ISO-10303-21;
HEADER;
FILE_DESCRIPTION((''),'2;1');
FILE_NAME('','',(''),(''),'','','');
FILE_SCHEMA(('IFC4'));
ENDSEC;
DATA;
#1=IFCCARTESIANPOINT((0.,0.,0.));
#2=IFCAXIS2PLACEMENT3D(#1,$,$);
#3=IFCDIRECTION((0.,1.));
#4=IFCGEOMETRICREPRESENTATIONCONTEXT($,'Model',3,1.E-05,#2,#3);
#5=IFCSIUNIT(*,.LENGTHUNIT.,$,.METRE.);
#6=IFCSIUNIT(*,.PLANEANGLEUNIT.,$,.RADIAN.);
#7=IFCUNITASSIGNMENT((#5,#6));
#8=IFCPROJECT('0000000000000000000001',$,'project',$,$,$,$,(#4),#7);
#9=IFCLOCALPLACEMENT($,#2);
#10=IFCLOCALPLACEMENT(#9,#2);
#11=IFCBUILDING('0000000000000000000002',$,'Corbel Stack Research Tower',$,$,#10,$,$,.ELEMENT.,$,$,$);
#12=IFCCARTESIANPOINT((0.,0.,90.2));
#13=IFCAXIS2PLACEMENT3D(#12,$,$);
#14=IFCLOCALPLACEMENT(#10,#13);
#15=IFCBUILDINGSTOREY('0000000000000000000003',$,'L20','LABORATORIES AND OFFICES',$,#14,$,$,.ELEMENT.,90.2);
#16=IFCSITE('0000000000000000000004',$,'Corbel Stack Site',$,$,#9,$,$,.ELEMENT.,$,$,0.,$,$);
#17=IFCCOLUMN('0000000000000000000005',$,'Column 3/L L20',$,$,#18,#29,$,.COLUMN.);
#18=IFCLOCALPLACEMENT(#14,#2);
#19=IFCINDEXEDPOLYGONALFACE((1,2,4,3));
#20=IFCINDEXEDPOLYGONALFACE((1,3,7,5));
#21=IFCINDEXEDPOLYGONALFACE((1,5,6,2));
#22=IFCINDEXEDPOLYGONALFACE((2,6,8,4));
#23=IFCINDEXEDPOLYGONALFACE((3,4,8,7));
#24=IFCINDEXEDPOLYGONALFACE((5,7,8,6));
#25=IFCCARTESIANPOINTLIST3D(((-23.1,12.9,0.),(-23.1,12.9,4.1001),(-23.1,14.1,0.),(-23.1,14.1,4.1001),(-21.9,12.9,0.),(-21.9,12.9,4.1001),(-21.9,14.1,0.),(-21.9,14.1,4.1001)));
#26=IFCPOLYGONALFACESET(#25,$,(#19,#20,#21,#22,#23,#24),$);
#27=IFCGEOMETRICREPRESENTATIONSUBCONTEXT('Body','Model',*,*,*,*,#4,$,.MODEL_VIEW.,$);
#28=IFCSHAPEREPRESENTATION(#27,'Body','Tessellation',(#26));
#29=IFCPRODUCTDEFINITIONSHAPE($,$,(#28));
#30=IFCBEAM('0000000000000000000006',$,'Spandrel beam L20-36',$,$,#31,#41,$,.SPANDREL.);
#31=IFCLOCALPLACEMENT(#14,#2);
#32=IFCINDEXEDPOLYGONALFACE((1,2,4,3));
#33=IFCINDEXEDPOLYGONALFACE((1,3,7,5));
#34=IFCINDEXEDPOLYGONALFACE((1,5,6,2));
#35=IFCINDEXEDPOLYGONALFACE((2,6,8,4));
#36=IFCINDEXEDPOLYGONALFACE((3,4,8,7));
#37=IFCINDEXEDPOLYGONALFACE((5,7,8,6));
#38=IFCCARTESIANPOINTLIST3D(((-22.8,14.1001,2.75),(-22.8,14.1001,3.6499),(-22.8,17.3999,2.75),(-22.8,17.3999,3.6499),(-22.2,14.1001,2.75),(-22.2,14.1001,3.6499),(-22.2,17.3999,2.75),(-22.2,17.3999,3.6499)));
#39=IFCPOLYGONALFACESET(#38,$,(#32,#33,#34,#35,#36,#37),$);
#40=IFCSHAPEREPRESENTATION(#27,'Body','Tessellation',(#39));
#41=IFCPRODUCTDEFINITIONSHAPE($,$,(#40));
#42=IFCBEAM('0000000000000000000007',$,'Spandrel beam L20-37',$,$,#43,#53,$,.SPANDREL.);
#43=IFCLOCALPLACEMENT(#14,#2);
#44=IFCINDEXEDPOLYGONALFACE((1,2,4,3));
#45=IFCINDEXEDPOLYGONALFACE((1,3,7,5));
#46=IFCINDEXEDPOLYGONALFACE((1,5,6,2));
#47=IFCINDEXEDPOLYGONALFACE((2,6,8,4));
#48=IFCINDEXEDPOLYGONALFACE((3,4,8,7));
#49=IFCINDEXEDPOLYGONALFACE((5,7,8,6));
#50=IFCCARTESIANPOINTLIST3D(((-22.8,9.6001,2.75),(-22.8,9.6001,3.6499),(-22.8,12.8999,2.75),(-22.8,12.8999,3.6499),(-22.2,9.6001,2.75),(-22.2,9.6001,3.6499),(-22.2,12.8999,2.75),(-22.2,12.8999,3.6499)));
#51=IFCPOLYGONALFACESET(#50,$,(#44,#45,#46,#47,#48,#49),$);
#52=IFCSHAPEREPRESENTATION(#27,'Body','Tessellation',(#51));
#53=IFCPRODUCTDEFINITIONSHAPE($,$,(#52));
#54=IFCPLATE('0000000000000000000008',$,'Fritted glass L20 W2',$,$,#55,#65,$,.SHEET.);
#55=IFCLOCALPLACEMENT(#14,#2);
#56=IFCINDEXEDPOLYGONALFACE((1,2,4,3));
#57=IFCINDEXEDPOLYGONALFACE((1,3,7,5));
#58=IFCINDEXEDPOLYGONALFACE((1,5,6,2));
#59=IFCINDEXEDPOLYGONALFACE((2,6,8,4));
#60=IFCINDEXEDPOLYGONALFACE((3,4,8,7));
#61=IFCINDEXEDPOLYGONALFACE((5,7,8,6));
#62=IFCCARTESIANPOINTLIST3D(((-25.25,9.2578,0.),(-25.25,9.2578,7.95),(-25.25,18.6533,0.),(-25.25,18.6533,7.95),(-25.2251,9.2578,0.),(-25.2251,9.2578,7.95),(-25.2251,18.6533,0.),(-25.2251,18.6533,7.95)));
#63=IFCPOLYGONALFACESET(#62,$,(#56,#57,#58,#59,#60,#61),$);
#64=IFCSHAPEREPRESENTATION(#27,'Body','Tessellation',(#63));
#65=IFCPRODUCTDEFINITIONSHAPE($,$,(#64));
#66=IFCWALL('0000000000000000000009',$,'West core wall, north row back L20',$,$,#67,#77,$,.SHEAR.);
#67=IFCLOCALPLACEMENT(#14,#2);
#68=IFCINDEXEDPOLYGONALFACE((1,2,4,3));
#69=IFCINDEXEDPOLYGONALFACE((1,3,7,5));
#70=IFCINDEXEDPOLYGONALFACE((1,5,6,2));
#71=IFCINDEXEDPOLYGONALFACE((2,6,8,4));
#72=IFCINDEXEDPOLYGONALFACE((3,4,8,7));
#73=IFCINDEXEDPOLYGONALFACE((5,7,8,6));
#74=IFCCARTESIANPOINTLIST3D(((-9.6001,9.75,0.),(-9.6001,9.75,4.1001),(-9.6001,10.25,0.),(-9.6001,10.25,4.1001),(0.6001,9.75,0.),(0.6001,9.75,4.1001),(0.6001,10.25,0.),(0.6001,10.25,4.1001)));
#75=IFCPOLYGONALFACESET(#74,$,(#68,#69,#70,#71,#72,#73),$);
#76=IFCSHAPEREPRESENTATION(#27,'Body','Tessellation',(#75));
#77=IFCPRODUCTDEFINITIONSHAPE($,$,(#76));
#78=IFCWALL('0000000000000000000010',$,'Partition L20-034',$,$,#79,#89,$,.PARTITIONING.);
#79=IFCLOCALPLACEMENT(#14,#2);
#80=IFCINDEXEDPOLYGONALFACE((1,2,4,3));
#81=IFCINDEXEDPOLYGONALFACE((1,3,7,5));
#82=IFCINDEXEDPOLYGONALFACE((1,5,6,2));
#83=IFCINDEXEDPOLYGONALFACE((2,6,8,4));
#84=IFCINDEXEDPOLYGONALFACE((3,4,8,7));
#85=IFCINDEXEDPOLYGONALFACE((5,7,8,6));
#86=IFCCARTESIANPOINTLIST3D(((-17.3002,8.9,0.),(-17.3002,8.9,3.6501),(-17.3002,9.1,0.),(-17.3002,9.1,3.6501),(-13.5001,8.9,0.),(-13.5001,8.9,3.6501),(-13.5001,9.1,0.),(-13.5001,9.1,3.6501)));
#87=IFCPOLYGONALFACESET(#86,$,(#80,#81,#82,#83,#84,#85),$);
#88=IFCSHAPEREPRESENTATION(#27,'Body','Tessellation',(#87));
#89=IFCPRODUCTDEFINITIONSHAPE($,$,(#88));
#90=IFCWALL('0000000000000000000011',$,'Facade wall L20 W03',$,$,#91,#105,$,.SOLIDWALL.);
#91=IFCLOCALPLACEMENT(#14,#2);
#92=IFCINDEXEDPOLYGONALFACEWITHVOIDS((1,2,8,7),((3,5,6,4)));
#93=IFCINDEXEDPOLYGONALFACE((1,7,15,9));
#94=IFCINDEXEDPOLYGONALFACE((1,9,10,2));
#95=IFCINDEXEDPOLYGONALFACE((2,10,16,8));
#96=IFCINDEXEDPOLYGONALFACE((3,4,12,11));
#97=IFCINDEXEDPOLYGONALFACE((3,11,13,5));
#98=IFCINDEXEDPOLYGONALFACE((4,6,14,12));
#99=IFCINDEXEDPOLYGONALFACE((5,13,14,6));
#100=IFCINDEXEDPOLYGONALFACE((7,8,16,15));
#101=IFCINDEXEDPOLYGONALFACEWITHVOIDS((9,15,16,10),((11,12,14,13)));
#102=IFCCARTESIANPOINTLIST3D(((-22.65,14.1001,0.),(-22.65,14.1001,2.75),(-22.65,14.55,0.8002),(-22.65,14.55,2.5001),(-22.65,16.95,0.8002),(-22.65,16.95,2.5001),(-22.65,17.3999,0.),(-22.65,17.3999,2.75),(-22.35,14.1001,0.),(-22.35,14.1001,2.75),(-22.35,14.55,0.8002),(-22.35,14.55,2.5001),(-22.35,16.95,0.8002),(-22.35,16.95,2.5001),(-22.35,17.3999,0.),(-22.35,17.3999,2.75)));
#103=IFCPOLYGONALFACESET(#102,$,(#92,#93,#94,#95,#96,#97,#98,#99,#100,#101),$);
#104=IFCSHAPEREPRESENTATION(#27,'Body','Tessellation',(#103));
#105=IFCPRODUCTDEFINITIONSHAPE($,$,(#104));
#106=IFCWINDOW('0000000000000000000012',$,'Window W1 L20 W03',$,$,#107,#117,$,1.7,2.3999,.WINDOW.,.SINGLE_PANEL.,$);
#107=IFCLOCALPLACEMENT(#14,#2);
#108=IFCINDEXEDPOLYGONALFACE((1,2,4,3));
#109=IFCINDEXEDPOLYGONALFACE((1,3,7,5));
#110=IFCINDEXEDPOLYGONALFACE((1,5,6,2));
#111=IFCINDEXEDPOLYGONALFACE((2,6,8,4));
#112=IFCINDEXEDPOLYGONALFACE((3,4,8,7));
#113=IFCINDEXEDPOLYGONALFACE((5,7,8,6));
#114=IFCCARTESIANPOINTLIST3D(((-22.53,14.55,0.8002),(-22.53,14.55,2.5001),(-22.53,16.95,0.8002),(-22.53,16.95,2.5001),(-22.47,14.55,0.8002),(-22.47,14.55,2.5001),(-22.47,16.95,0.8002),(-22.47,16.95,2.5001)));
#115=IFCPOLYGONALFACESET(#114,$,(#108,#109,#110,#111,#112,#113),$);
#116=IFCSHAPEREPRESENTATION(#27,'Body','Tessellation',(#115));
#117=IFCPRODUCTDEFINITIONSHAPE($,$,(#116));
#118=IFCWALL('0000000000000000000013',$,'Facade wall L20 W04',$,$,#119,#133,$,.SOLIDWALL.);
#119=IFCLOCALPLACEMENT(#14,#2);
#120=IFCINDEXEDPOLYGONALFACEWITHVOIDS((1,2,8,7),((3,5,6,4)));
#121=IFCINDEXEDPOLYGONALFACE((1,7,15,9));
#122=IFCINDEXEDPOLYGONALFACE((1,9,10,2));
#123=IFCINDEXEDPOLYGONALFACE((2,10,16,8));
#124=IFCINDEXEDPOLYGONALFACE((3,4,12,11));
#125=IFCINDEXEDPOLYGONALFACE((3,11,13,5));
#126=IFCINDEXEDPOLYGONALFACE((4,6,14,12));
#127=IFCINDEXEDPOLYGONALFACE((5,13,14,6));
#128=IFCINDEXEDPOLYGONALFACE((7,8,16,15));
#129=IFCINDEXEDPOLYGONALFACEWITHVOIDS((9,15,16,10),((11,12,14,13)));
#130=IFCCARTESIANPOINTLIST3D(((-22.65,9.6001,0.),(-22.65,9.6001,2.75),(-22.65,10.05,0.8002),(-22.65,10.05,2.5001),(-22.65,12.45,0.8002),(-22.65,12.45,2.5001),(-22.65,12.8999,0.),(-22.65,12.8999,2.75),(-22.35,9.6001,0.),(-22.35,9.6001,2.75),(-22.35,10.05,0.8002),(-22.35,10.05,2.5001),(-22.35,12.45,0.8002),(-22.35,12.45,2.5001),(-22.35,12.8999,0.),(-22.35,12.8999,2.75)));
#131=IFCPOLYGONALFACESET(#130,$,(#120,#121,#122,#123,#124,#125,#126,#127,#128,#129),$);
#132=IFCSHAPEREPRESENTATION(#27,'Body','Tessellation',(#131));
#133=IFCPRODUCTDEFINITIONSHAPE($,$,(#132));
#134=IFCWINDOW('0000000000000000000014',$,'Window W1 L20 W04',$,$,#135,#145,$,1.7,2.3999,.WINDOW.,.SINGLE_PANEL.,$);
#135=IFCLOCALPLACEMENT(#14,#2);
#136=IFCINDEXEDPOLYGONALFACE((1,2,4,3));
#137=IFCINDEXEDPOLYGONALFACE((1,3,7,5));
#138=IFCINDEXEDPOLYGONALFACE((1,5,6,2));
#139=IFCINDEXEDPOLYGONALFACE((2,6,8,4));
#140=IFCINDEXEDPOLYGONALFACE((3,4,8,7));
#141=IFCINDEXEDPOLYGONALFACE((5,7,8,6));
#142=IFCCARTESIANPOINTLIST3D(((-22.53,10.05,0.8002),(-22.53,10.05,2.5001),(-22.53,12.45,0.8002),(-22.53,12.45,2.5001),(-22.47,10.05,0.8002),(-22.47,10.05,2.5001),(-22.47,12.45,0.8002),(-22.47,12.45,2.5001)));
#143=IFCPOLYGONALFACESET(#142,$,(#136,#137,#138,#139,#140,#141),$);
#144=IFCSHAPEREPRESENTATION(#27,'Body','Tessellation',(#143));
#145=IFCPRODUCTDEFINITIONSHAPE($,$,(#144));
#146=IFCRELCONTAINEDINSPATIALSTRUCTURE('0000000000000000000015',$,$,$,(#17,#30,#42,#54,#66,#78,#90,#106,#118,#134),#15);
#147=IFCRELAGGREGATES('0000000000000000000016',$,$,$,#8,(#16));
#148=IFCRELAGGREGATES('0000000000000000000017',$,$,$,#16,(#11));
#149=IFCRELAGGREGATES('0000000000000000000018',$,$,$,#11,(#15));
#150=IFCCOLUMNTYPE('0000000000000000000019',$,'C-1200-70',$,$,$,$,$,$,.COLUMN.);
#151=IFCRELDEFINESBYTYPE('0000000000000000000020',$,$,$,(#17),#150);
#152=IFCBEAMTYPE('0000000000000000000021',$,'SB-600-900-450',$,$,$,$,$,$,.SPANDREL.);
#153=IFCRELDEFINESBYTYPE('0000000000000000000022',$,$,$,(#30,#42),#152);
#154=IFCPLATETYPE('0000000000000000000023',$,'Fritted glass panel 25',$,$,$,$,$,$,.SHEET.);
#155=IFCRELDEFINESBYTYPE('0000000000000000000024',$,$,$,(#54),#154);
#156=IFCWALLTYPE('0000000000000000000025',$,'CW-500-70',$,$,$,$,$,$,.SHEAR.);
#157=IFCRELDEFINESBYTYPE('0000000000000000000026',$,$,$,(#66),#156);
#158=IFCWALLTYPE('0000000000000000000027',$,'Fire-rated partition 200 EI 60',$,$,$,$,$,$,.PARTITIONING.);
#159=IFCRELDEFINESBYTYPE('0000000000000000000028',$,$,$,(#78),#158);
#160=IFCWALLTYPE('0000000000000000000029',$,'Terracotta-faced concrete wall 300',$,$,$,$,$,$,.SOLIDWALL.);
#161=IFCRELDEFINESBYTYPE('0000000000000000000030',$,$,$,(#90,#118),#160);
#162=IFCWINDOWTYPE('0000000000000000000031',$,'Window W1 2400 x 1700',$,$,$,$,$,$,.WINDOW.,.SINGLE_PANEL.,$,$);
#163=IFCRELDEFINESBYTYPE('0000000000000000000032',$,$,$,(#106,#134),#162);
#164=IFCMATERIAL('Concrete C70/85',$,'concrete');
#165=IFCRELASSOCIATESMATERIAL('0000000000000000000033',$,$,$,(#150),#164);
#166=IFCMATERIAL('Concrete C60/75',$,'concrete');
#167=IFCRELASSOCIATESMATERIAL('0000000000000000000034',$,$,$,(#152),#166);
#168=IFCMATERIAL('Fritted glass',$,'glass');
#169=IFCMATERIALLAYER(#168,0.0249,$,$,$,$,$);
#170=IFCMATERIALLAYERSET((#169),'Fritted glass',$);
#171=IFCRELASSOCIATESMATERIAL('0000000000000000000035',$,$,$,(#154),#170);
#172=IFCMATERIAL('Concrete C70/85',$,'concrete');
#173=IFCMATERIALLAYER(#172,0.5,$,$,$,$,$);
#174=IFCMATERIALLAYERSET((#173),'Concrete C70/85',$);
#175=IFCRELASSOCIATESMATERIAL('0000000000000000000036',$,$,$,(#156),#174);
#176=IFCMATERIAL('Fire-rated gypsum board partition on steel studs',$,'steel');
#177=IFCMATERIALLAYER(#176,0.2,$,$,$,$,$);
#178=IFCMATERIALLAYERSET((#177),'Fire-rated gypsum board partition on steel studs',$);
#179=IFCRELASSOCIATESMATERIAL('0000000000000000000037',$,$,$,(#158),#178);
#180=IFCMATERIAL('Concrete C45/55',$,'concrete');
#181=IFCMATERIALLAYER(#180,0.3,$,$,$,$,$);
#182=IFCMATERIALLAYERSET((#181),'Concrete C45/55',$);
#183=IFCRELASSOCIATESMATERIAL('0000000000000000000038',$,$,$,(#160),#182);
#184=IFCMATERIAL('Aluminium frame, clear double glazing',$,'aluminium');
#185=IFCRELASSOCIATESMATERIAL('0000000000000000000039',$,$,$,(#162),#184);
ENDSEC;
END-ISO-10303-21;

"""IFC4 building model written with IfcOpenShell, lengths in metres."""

from ifc_helpers import new_model, si_unit, direction, frame, frame_2d, origin, origin_2d, place, context, subcontext, project, spatial, rectangle, extrude, material, layer, layer_set, material_profile, profile_set, type_object, element, fill, save


model = new_model("IFC4")

# Units and contexts
model_context = context("Model", 3, precision=1e-05, world=origin(), true_north=direction((0.0, 1.0)))
body_context = subcontext(model_context, "Body", "Model", "MODEL_VIEW")
ifc_project = project(units=[si_unit("LENGTHUNIT", "METRE"), si_unit("PLANEANGLEUNIT", "RADIAN")], contexts=[model_context])

# Site, building, storey
site_placement = place(None, origin())
site = spatial("IfcSite", under=ifc_project, at=site_placement, Name="Corbel Stack Site", CompositionType="ELEMENT", RefElevation=0.0)
building_placement = place(site_placement, origin())
building = spatial("IfcBuilding", under=site, at=building_placement, Name="Corbel Stack Research Tower", CompositionType="ELEMENT")
storey_placement = place(building_placement, frame((0.0, 0.0, 90.2)))
storey = spatial("IfcBuildingStorey", under=building, at=storey_placement, Name="L20", Description="LABORATORIES AND OFFICES", CompositionType="ELEMENT", Elevation=90.2)

# Column
ifc_material_1 = material(Name="Concrete C70/85", Category="concrete")
ifc_material_profile_1 = material_profile(ifc_material_1, rectangle(XDim=1.2, YDim=1.2, at=origin_2d()), Name="RC 1200 x 1200")
ifc_profile_set_1 = profile_set([ifc_material_profile_1], Name="Concrete C70/85")
column_type = type_object("IfcColumnType", Name="C-1200-70", PredefinedType="COLUMN", material=ifc_profile_set_1)
column_placement = place(storey_placement, frame((-22.5, 13.5, 0.0), z_axis=(0.0, 0.0, 1.0), x_axis=(1.0, 0.0, 0.0)))
element("IfcColumn", 1, at=column_placement, inside=storey, type_object=column_type, Name="Column 3/L L20", PredefinedType="COLUMN", context=body_context, shape_type="SweptSolid", body=[
    extrude(rectangle(XDim=1.2, YDim=1.2, at=origin_2d()), origin(), (0.0, 0.0, 1.0), 4.1001),
])

# Beams
ifc_material_2 = material(Name="Concrete C60/75", Category="concrete")
ifc_material_profile_2 = material_profile(ifc_material_2, rectangle(XDim=0.6001, YDim=0.8999, at=origin_2d()), Name="RC 600 x 900")
ifc_profile_set_2 = profile_set([ifc_material_profile_2], Name="Concrete C60/75")
beam_type = type_object("IfcBeamType", Name="SB-600-900-450", PredefinedType="SPANDREL", material=ifc_profile_set_2)
for number, where, z_axis, x_axis, name in (
    (2, (-22.5, 17.3999, 3.2), (0.0, -1.0, 0.0), (1.0, 0.0, 0.0), "Spandrel beam L20-36"),
    (3, (-22.5, 12.8999, 3.2), (0.0, -1.0, 0.0), (1.0, 0.0, 0.0), "Spandrel beam L20-37"),
):
    element("IfcBeam", number, at=place(storey_placement, frame(where, z_axis=z_axis, x_axis=x_axis)), inside=storey, type_object=beam_type, Name=name, PredefinedType="SPANDREL", context=body_context, shape_type="SweptSolid", body=[
        extrude(rectangle(XDim=0.6001, YDim=0.8999, at=origin_2d()), origin(), (0.0, 0.0, 1.0), 3.2998),
    ])

# Plate
ifc_material_3 = material(Name="Fritted glass", Category="glass")
ifc_layer_1 = layer(ifc_material_3, 0.0249)
ifc_layer_set_1 = layer_set([ifc_layer_1], Name="Fritted glass")
plate_type = type_object("IfcPlateType", Name="Fritted glass panel 25", PredefinedType="SHEET", material=ifc_layer_set_1)
plate_placement = place(storey_placement, frame((-25.2375, 13.9556, 0.0), z_axis=(0.0, 0.0, 1.0), x_axis=(0.0, -1.0, 0.0)))
element("IfcPlate", 4, at=plate_placement, inside=storey, type_object=plate_type, Name="Fritted glass L20 W2", PredefinedType="SHEET", context=body_context, shape_type="SweptSolid", body=[
    extrude(rectangle(XDim=9.3955, YDim=0.0249, at=origin_2d()), origin(), (0.0, 0.0, 1.0), 7.95),
])

# Walls
ifc_material_4 = material(Name="Concrete C70/85", Category="concrete")
ifc_layer_2 = layer(ifc_material_4, 0.5)
ifc_layer_set_2 = layer_set([ifc_layer_2], Name="Concrete C70/85")
wall_type_1 = type_object("IfcWallType", Name="CW-500-70", PredefinedType="SHEAR", material=ifc_layer_set_2)
wall_1_placement = place(storey_placement, frame((-9.6001, 10.0, 0.0), z_axis=(0.0, 0.0, 1.0), x_axis=(1.0, 0.0, 0.0)))
element("IfcWall", 5, at=wall_1_placement, inside=storey, type_object=wall_type_1, Name="West core wall, north row back L20", PredefinedType="SHEAR", context=body_context, shape_type="SweptSolid", body=[
    extrude(rectangle(XDim=10.2002, YDim=0.5, at=frame_2d((5.1001, 0.0))), origin(), (0.0, 0.0, 1.0), 4.1001),
])
ifc_material_5 = material(Name="Fire-rated gypsum board partition on steel studs", Category="steel")
ifc_layer_3 = layer(ifc_material_5, 0.2)
ifc_layer_set_3 = layer_set([ifc_layer_3], Name="Fire-rated gypsum board partition on steel studs")
wall_type_2 = type_object("IfcWallType", Name="Fire-rated partition 200 EI 60", PredefinedType="PARTITIONING", material=ifc_layer_set_3)
wall_2_placement = place(storey_placement, frame((-17.3, 9.0, 0.0), z_axis=(0.0, 0.0, 1.0), x_axis=(1.0, 0.0, 0.0)))
element("IfcWall", 6, at=wall_2_placement, inside=storey, type_object=wall_type_2, Name="Partition L20-034", PredefinedType="PARTITIONING", context=body_context, shape_type="SweptSolid", body=[
    extrude(rectangle(XDim=3.8, YDim=0.2, at=frame_2d((1.8999, 0.0))), origin(), (0.0, 0.0, 1.0), 3.6501),
])

# Walls, openings, windows
ifc_material_6 = material(Name="Concrete C45/55", Category="concrete")
ifc_layer_4 = layer(ifc_material_6, 0.3)
ifc_layer_set_4 = layer_set([ifc_layer_4], Name="Concrete C45/55")
wall_type_3 = type_object("IfcWallType", Name="Terracotta-faced concrete wall 300", PredefinedType="SOLIDWALL", material=ifc_layer_set_4)
wall_3_placement = place(storey_placement, frame((-22.5, 14.1001, 0.0), z_axis=(0.0, 0.0, 1.0), x_axis=(0.0, 1.0, 0.0)))
wall_3 = element("IfcWall", 7, at=wall_3_placement, inside=storey, type_object=wall_type_3, Name="Facade wall L20 W03", PredefinedType="SOLIDWALL", context=body_context, shape_type="SweptSolid", body=[
    extrude(rectangle(XDim=3.2998, YDim=0.3, at=frame_2d((1.6499, 0.0))), origin(), (0.0, 0.0, 1.0), 2.75),
])
opening_1_placement = place(wall_3_placement, frame((0.45, 0.0, 0.8)))
opening_1 = element("IfcOpeningElement", 8, at=opening_1_placement, cuts=wall_3, PredefinedType="OPENING", context=body_context, shape_type="SweptSolid", body=[
    extrude(rectangle(XDim=2.3999, YDim=1.7, at=frame_2d((1.2, 0.8501))), frame((0.0, 0.1599, 0.0), z_axis=(0.0, -1.0, 0.0), x_axis=(1.0, 0.0, 0.0)), (0.0, 0.0, 1.0), 0.3201),
])
ifc_material_7 = material(Name="Aluminium frame, clear double glazing", Category="aluminium")
window_type = type_object("IfcWindowType", Name="Window W1 2400 x 1700", PartitioningType="SINGLE_PANEL", PredefinedType="WINDOW", material=ifc_material_7)
window_1_placement = place(opening_1_placement, origin())
window_1 = element("IfcWindow", 9, at=window_1_placement, inside=storey, type_object=window_type, Name="Window W1 L20 W03", OverallHeight=1.7, OverallWidth=2.3999, PartitioningType="SINGLE_PANEL", PredefinedType="WINDOW", context=body_context, shape_type="SweptSolid", body=[
    extrude(rectangle(XDim=2.3999, YDim=1.7, at=frame_2d((1.2, 0.8501))), frame((0.0, 0.03, 0.0), z_axis=(0.0, -1.0, 0.0), x_axis=(1.0, 0.0, 0.0)), (0.0, 0.0, 1.0), 0.0601),
])
fill(opening_1, window_1)
wall_4_placement = place(storey_placement, frame((-22.5, 9.6001, 0.0), z_axis=(0.0, 0.0, 1.0), x_axis=(0.0, 1.0, 0.0)))
wall_4 = element("IfcWall", 10, at=wall_4_placement, inside=storey, type_object=wall_type_3, Name="Facade wall L20 W04", PredefinedType="SOLIDWALL", context=body_context, shape_type="SweptSolid", body=[
    extrude(rectangle(XDim=3.2998, YDim=0.3, at=frame_2d((1.6499, 0.0))), origin(), (0.0, 0.0, 1.0), 2.75),
])
opening_2_placement = place(wall_4_placement, frame((0.45, 0.0, 0.8)))
opening_2 = element("IfcOpeningElement", 11, at=opening_2_placement, cuts=wall_4, PredefinedType="OPENING", context=body_context, shape_type="SweptSolid", body=[
    extrude(rectangle(XDim=2.3999, YDim=1.7, at=frame_2d((1.2, 0.8501))), frame((0.0, 0.1599, 0.0), z_axis=(0.0, -1.0, 0.0), x_axis=(1.0, 0.0, 0.0)), (0.0, 0.0, 1.0), 0.3201),
])
window_2_placement = place(opening_2_placement, origin())
window_2 = element("IfcWindow", 12, at=window_2_placement, inside=storey, type_object=window_type, Name="Window W1 L20 W04", OverallHeight=1.7, OverallWidth=2.3999, PartitioningType="SINGLE_PANEL", PredefinedType="WINDOW", context=body_context, shape_type="SweptSolid", body=[
    extrude(rectangle(XDim=2.3999, YDim=1.7, at=frame_2d((1.2, 0.8501))), frame((0.0, 0.03, 0.0), z_axis=(0.0, -1.0, 0.0), x_axis=(1.0, 0.0, 0.0)), (0.0, 0.0, 1.0), 0.0601),
])
fill(opening_2, window_2)

save(model, "model.ifc")
